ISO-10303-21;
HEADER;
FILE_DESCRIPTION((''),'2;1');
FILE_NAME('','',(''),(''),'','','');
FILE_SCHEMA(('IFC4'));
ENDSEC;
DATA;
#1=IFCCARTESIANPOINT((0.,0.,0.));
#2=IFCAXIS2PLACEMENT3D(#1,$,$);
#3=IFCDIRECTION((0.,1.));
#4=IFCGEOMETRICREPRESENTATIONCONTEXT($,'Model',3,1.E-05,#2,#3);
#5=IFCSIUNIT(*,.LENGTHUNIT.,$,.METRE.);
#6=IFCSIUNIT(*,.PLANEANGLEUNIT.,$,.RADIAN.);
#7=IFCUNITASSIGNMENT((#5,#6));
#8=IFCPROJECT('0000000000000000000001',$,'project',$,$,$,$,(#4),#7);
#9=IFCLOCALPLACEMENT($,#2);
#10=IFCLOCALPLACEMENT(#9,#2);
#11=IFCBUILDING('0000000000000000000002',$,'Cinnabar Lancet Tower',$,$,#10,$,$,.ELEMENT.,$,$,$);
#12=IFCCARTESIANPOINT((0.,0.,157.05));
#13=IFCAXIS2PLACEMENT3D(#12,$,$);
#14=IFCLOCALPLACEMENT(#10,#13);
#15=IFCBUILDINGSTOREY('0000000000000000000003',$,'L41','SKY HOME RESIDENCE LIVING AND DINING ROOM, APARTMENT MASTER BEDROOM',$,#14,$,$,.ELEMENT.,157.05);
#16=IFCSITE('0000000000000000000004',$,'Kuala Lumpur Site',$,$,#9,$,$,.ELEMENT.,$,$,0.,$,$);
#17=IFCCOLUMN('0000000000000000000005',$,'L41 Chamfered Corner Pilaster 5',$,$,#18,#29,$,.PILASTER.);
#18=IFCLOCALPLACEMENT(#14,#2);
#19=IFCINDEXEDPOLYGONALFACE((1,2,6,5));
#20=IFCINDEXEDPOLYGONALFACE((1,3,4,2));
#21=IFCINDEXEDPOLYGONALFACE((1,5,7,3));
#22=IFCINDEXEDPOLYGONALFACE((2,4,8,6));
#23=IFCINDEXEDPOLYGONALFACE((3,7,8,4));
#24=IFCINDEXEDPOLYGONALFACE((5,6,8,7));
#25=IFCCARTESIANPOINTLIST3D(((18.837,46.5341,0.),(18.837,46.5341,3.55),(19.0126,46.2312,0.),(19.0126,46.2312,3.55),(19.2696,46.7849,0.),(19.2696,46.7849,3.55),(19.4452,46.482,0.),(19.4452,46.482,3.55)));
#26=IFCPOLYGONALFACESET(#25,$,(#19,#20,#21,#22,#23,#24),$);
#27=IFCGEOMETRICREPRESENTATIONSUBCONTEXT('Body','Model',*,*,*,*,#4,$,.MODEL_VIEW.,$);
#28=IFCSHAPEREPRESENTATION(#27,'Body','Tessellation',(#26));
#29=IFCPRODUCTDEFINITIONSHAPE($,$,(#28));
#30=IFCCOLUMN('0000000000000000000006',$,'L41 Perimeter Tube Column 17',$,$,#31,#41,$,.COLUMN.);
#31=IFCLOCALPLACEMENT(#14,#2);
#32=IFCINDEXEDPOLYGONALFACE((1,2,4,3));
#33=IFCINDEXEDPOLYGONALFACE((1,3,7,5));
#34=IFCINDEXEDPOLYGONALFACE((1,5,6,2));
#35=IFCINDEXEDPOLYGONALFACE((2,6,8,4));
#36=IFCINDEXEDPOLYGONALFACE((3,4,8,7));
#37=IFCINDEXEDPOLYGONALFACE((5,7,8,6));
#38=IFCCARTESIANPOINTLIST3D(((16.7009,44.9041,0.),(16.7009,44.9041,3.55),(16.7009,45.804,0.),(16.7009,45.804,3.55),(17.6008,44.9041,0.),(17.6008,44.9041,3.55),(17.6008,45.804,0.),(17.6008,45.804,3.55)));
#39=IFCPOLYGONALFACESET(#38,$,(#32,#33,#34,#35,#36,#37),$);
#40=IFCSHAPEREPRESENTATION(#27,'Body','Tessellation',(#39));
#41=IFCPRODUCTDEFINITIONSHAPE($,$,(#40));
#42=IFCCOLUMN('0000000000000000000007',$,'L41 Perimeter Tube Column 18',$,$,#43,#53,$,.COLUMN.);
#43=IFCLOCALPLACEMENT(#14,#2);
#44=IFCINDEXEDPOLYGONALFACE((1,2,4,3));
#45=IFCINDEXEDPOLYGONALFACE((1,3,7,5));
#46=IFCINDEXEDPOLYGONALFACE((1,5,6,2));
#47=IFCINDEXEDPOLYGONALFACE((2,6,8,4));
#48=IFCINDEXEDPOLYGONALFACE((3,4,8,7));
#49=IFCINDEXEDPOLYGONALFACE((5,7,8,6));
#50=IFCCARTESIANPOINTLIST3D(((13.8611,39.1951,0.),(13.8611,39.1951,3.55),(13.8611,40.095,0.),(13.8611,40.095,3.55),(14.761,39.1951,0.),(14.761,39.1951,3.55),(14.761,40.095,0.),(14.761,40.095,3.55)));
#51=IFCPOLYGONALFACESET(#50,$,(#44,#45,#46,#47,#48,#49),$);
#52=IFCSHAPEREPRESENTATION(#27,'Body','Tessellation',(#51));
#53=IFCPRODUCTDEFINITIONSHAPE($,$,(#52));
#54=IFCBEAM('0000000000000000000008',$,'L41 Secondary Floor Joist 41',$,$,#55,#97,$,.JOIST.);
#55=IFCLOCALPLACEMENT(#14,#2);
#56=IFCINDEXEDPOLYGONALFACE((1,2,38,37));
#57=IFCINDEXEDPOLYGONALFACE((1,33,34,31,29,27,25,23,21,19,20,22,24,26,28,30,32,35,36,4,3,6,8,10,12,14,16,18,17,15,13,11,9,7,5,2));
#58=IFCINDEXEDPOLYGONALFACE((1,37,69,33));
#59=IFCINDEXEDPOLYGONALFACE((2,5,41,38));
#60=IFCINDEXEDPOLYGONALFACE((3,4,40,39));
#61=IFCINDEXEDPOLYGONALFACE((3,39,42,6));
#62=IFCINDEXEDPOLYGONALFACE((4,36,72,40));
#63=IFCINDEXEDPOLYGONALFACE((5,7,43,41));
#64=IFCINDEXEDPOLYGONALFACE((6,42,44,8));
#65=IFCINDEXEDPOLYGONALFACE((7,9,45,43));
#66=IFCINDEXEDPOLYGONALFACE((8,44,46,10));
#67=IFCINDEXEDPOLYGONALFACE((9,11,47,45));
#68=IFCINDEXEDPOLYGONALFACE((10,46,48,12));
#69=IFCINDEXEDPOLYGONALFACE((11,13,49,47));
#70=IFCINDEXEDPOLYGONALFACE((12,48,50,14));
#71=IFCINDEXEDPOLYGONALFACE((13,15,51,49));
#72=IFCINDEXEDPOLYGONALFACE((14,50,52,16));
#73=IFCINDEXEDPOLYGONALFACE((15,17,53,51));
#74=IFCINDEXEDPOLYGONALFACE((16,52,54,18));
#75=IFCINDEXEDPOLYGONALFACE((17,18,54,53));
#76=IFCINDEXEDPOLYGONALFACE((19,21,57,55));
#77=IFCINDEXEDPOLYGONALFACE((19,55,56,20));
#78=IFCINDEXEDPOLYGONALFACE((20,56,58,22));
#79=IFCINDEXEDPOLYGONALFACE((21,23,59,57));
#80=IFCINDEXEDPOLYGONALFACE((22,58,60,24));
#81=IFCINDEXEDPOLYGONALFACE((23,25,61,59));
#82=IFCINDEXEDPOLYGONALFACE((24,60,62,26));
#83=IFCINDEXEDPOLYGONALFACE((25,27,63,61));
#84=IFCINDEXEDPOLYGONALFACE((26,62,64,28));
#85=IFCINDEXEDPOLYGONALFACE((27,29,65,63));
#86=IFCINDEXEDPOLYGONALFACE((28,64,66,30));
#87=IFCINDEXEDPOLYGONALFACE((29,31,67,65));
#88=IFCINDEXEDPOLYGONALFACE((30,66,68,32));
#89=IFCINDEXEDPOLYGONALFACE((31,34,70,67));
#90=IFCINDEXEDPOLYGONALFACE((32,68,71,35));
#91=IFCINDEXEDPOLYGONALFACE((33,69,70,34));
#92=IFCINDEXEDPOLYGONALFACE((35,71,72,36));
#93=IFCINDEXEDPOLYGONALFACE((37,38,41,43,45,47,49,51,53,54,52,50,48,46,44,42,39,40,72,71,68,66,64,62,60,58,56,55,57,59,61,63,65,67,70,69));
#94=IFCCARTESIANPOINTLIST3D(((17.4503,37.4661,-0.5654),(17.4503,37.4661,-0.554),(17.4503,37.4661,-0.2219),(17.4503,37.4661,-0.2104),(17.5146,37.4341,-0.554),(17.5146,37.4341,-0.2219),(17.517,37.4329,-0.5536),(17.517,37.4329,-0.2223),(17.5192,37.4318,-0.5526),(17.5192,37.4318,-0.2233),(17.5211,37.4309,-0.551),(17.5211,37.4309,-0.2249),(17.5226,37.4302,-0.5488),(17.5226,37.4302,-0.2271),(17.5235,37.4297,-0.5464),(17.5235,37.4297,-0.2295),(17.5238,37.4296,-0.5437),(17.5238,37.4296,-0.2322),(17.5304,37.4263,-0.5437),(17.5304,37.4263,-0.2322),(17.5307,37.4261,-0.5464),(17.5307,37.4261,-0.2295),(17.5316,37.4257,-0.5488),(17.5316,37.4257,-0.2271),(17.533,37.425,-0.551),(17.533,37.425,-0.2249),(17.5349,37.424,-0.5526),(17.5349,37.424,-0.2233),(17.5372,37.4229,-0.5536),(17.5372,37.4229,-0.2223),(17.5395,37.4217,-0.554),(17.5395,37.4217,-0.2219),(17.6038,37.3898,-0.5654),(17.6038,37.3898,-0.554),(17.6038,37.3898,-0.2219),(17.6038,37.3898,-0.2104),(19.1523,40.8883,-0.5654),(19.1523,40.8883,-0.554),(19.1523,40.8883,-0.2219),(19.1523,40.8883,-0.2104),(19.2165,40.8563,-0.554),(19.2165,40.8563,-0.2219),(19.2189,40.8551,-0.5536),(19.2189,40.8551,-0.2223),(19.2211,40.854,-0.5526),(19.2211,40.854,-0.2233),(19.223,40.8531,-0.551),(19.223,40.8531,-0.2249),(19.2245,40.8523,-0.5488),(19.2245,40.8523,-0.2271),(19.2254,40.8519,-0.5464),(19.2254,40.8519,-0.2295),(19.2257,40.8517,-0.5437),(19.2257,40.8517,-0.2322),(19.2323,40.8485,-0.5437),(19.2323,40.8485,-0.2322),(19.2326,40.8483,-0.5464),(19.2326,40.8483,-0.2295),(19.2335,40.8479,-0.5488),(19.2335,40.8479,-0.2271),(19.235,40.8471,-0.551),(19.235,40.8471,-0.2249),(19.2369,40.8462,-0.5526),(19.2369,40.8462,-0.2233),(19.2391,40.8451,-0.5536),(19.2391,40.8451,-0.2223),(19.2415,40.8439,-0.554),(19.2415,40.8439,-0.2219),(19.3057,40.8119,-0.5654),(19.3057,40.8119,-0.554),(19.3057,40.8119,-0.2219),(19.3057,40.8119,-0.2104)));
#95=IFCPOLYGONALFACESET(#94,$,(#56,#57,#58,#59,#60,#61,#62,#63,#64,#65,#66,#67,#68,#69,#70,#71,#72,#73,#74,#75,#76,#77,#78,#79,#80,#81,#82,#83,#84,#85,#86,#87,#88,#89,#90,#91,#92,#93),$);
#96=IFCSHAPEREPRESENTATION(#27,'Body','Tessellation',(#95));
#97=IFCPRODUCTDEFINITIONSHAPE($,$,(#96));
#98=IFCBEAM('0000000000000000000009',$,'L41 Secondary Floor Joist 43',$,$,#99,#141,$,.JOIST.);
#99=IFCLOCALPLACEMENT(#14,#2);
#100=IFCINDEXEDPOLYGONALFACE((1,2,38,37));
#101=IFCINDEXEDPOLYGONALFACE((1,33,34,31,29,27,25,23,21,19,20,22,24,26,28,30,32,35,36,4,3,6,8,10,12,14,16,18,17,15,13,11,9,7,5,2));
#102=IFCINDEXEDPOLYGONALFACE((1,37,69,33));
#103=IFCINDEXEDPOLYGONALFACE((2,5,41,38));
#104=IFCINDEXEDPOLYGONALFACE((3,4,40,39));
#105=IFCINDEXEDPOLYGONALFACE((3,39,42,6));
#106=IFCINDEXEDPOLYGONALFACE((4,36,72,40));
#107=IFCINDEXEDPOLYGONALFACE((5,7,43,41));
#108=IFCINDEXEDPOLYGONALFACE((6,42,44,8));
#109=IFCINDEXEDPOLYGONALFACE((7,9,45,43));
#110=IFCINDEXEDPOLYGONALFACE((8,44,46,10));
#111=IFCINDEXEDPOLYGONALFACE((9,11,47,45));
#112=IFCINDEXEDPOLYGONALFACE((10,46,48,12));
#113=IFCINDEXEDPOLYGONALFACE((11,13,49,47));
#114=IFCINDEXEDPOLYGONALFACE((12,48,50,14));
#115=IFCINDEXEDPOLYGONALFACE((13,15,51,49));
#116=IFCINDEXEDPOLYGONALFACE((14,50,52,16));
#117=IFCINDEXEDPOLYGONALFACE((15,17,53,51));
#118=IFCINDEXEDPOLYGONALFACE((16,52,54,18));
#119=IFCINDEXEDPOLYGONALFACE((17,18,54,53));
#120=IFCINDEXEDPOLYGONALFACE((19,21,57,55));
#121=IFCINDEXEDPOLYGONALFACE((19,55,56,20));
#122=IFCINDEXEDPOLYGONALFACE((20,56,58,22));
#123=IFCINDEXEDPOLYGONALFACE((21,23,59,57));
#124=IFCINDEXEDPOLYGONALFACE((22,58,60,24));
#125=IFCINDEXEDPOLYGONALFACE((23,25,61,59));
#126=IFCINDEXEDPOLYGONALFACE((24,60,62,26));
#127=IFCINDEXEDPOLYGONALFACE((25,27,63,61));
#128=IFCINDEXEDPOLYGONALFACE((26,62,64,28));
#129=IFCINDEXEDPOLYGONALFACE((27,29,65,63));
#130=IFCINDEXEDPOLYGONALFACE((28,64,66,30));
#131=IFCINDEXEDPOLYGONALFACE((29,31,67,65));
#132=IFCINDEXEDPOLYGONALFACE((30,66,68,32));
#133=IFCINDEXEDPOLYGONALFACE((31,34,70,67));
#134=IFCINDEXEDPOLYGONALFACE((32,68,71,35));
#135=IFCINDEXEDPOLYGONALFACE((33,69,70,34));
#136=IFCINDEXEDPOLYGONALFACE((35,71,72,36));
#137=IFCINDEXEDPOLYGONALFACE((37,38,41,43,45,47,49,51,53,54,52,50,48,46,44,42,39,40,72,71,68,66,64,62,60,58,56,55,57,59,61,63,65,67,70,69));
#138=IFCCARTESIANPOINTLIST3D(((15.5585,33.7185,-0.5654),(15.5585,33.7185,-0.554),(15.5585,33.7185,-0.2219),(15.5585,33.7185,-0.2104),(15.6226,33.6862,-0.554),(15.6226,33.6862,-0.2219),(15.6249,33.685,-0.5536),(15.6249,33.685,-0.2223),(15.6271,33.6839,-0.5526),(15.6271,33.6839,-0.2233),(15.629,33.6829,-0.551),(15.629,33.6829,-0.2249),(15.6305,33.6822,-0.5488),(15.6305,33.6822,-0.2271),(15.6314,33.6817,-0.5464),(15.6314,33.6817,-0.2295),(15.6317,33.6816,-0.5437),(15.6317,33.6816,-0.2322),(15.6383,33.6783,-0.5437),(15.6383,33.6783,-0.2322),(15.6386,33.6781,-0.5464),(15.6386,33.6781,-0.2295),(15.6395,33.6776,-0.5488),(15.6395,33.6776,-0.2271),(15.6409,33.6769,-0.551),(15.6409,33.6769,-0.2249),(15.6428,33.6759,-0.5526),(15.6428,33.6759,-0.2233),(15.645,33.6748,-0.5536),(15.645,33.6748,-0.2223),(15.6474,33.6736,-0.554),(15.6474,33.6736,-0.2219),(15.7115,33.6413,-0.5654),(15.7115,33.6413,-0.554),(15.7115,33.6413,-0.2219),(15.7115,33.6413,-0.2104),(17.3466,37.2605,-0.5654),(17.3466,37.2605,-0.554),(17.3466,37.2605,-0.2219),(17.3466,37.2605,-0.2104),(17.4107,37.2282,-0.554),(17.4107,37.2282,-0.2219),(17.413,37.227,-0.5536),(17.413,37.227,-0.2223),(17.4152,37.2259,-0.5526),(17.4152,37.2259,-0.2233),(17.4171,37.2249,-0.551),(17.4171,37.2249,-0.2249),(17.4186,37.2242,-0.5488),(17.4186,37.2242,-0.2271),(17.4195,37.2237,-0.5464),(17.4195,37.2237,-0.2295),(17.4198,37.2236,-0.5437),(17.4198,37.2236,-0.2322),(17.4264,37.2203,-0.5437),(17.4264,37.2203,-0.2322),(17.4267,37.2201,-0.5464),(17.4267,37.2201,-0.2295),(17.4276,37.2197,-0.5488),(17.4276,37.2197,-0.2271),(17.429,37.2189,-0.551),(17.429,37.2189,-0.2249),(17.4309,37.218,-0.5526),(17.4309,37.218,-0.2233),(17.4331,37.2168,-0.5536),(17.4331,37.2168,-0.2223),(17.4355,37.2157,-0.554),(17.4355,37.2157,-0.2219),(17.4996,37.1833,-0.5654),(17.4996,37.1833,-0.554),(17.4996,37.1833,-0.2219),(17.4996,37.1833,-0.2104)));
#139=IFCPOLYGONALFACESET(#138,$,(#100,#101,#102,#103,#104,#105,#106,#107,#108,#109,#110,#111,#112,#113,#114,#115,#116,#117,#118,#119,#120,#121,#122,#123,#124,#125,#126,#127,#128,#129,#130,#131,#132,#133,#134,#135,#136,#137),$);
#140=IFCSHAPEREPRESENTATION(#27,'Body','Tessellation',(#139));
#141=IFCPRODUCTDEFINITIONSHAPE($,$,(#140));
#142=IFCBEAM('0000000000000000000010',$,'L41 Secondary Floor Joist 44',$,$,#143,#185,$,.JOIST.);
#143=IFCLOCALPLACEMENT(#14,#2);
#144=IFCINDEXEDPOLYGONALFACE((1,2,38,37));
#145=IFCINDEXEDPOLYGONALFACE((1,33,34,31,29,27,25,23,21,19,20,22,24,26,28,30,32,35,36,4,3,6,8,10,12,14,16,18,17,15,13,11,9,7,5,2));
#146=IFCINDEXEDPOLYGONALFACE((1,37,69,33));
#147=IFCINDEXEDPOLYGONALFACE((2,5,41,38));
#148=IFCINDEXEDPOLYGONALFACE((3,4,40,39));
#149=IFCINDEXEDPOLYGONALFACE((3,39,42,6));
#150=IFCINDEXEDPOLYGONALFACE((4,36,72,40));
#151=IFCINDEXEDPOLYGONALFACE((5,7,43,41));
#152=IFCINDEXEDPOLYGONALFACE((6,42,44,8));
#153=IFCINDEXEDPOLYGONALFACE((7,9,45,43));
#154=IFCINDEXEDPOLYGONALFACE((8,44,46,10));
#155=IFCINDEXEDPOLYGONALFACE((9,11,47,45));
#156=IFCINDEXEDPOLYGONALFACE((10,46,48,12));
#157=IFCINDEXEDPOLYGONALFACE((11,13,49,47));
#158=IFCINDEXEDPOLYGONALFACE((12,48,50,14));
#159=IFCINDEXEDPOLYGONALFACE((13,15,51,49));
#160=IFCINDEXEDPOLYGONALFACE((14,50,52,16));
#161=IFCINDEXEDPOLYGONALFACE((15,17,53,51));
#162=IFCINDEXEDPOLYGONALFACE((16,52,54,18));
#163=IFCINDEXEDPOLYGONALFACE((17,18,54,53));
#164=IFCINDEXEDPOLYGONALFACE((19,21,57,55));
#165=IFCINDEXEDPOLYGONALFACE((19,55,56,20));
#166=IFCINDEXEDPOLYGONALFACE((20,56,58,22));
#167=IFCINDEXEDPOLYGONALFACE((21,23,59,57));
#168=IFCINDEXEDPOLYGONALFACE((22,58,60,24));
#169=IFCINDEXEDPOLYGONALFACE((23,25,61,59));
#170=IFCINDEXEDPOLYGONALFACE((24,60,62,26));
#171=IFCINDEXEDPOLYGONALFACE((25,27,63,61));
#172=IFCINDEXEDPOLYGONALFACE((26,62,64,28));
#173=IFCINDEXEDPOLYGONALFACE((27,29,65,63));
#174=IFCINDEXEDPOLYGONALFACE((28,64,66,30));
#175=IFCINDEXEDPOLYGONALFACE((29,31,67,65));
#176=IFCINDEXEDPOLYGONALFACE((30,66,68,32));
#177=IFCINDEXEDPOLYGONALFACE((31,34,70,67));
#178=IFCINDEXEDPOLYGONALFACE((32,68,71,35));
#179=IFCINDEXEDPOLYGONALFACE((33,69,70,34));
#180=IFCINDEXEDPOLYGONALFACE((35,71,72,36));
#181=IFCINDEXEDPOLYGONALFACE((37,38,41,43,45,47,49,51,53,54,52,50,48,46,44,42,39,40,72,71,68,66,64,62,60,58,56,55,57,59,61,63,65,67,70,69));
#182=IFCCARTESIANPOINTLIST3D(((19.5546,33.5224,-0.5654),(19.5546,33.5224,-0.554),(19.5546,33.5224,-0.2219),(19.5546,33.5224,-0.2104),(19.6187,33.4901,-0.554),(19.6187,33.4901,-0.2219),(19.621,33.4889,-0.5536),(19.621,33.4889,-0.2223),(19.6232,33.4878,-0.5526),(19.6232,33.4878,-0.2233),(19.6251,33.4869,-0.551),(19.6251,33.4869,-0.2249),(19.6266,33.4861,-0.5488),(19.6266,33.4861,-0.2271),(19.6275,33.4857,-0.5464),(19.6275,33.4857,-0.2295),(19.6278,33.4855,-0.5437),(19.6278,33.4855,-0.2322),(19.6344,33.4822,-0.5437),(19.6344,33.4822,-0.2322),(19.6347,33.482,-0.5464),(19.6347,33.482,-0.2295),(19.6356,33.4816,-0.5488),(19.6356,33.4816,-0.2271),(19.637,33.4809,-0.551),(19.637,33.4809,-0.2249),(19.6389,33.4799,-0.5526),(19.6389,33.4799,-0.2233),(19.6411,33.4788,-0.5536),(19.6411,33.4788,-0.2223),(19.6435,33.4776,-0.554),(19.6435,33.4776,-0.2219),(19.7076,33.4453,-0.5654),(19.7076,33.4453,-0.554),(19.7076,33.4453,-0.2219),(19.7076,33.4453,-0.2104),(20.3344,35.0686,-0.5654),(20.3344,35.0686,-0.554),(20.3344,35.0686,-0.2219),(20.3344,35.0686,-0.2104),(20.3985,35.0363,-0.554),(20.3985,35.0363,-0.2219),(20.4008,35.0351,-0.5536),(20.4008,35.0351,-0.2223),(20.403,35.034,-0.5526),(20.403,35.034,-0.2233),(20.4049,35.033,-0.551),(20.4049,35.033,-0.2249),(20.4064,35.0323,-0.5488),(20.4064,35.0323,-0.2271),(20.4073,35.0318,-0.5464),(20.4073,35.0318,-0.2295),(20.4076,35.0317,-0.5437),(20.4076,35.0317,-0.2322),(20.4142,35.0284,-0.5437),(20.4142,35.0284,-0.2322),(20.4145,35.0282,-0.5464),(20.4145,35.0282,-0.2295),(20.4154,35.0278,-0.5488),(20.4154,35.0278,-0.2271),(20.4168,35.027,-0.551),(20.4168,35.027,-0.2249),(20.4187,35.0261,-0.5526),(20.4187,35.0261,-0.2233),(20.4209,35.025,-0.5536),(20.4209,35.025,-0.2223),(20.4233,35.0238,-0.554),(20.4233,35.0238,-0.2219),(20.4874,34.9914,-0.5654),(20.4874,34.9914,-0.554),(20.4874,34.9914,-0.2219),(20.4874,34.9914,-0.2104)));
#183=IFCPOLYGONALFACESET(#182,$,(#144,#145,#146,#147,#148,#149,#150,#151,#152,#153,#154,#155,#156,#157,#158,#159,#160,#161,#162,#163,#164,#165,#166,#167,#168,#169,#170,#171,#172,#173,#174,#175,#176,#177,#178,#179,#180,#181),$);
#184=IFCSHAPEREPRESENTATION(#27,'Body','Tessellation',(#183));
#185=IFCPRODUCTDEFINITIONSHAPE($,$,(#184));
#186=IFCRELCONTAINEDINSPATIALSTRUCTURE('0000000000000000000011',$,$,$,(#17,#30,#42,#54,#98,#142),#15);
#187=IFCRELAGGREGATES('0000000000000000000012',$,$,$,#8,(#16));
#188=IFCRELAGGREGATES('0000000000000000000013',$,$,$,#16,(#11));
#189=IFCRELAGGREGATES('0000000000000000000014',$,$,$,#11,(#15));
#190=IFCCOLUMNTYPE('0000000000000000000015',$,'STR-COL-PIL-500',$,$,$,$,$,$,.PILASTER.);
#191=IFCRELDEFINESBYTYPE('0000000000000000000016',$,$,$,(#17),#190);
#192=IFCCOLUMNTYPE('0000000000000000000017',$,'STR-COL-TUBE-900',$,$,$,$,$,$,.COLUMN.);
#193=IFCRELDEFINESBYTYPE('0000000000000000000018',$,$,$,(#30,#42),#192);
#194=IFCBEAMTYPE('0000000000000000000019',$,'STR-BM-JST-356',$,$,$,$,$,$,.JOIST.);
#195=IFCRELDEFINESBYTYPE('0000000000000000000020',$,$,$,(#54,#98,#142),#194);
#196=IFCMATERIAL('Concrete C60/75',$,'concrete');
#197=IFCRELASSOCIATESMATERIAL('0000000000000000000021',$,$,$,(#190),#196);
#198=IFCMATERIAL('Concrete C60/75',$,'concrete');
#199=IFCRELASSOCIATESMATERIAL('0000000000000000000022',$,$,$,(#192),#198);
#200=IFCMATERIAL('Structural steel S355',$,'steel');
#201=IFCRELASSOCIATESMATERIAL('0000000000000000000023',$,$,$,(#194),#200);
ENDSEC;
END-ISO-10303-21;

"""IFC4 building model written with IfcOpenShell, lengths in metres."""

from ifc_helpers import new_model, si_unit, direction, frame, origin, origin_2d, place, context, subcontext, project, spatial, rectangle, i_section, extrude, material, material_profile, profile_set, type_object, element, save


model = new_model("IFC4")

# Units and contexts
model_context = context("Model", 3, precision=1e-05, world=origin(), true_north=direction((0.0, 1.0)))
body_context = subcontext(model_context, "Body", "Model", "MODEL_VIEW")
ifc_project = project(units=[si_unit("LENGTHUNIT", "METRE"), si_unit("PLANEANGLEUNIT", "RADIAN")], contexts=[model_context])

# Site, building, storey
site_placement = place(None, origin())
site = spatial("IfcSite", under=ifc_project, at=site_placement, Name="Kuala Lumpur Site", CompositionType="ELEMENT", RefElevation=0.0)
building_placement = place(site_placement, origin())
building = spatial("IfcBuilding", under=site, at=building_placement, Name="Cinnabar Lancet Tower", CompositionType="ELEMENT")
storey_placement = place(building_placement, frame((0.0, 0.0, 157.05)))
storey = spatial("IfcBuildingStorey", under=building, at=storey_placement, Name="L41", Description="SKY HOME RESIDENCE LIVING AND DINING ROOM, APARTMENT MASTER BEDROOM", CompositionType="ELEMENT", Elevation=157.05)

# Columns
ifc_material_1 = material(Name="Concrete C60/75", Category="concrete")
ifc_material_profile_1 = material_profile(ifc_material_1, rectangle(XDim=0.5, YDim=0.3501, at=origin_2d()), Name="RC-PIL 500x350")
ifc_profile_set_1 = profile_set([ifc_material_profile_1], Name="Concrete C60/75")
column_type_1 = type_object("IfcColumnType", Name="STR-COL-PIL-500", PredefinedType="PILASTER", material=ifc_profile_set_1)
column_placement = place(storey_placement, frame((19.1411, 46.5081, 0.0), z_axis=(0.0, 0.0, 1.0), x_axis=(-0.86516, -0.501496, 0.0)))
element("IfcColumn", 1, at=column_placement, inside=storey, type_object=column_type_1, Name="L41 Chamfered Corner Pilaster 5", PredefinedType="PILASTER", context=body_context, shape_type="SweptSolid", body=[
    extrude(rectangle(XDim=0.5, YDim=0.3501, at=origin_2d()), origin(), (0.0, 0.0, 1.0), 3.55),
])
ifc_material_2 = material(Name="Concrete C60/75", Category="concrete")
ifc_material_profile_2 = material_profile(ifc_material_2, rectangle(XDim=0.8999, YDim=0.8999, at=origin_2d()), Name="RC-COL 900x900")
ifc_profile_set_2 = profile_set([ifc_material_profile_2], Name="Concrete C60/75")
column_type_2 = type_object("IfcColumnType", Name="STR-COL-TUBE-900", PredefinedType="COLUMN", material=ifc_profile_set_2)
for number, where, z_axis, x_axis, name in (
    (2, (17.1509, 45.354, 0.0), (0.0, 0.0, 1.0), (1.0, 0.0, 0.0), "L41 Perimeter Tube Column 17"),
    (3, (14.311, 39.645, 0.0), (0.0, 0.0, 1.0), (1.0, 0.0, 0.0), "L41 Perimeter Tube Column 18"),
):
    element("IfcColumn", number, at=place(storey_placement, frame(where, z_axis=z_axis, x_axis=x_axis)), inside=storey, type_object=column_type_2, Name=name, PredefinedType="COLUMN", context=body_context, shape_type="SweptSolid", body=[
        extrude(rectangle(XDim=0.8999, YDim=0.8999, at=origin_2d()), origin(), (0.0, 0.0, 1.0), 3.55),
    ])

# Beams
ifc_material_3 = material(Name="Structural steel S355", Category="steel")
ifc_material_profile_3 = material_profile(ifc_material_3, i_section(OverallWidth=0.1714, OverallDepth=0.355, WebThickness=0.0073, FlangeThickness=0.0115, FilletRadius=0.0103, at=origin_2d()), Name="UKB 356x171x51")
ifc_profile_set_3 = profile_set([ifc_material_profile_3], Name="Structural steel S355")
beam_type_1 = type_object("IfcBeamType", Name="STR-BM-JST-356", PredefinedType="JOIST", material=ifc_profile_set_3)
beam_1_placement = place(storey_placement, frame((19.229, 40.8501, -0.3879), z_axis=(-0.445296, -0.895383, 0.0), x_axis=(0.895383, -0.445296, 0.0)))
element("IfcBeam", 4, at=beam_1_placement, inside=storey, type_object=beam_type_1, Name="L41 Secondary Floor Joist 41", PredefinedType="JOIST", context=body_context, shape_type="SweptSolid", body=[
    extrude(i_section(OverallWidth=0.1714, OverallDepth=0.355, WebThickness=0.0073, FlangeThickness=0.0115, FilletRadius=0.0103, at=origin_2d()), origin(), (0.0, 0.0, 1.0), 3.822),
])
beam_2_placement = place(storey_placement, frame((17.4231, 37.2219, -0.3879), z_axis=(-0.450656, -0.892698, 0.0), x_axis=(0.892698, -0.450656, 0.0)))
element("IfcBeam", 5, at=beam_2_placement, inside=storey, type_object=beam_type_1, Name="L41 Secondary Floor Joist 43", PredefinedType="JOIST", context=body_context, shape_type="SweptSolid", body=[
    extrude(i_section(OverallWidth=0.1714, OverallDepth=0.355, WebThickness=0.0073, FlangeThickness=0.0115, FilletRadius=0.0103, at=origin_2d()), origin(), (0.0, 0.0, 1.0), 3.9678),
])
beam_3_placement = place(storey_placement, frame((20.4109, 35.03, -0.3879), z_axis=(-0.450313, -0.892871, 0.0), x_axis=(0.892871, -0.450313, 0.0)))
element("IfcBeam", 6, at=beam_3_placement, inside=storey, type_object=beam_type_1, Name="L41 Secondary Floor Joist 44", PredefinedType="JOIST", context=body_context, shape_type="SweptSolid", body=[
    extrude(i_section(OverallWidth=0.1714, OverallDepth=0.355, WebThickness=0.0073, FlangeThickness=0.0115, FilletRadius=0.0103, at=origin_2d()), origin(), (0.0, 0.0, 1.0), 1.7317),
])

save(model, "model.ifc")
